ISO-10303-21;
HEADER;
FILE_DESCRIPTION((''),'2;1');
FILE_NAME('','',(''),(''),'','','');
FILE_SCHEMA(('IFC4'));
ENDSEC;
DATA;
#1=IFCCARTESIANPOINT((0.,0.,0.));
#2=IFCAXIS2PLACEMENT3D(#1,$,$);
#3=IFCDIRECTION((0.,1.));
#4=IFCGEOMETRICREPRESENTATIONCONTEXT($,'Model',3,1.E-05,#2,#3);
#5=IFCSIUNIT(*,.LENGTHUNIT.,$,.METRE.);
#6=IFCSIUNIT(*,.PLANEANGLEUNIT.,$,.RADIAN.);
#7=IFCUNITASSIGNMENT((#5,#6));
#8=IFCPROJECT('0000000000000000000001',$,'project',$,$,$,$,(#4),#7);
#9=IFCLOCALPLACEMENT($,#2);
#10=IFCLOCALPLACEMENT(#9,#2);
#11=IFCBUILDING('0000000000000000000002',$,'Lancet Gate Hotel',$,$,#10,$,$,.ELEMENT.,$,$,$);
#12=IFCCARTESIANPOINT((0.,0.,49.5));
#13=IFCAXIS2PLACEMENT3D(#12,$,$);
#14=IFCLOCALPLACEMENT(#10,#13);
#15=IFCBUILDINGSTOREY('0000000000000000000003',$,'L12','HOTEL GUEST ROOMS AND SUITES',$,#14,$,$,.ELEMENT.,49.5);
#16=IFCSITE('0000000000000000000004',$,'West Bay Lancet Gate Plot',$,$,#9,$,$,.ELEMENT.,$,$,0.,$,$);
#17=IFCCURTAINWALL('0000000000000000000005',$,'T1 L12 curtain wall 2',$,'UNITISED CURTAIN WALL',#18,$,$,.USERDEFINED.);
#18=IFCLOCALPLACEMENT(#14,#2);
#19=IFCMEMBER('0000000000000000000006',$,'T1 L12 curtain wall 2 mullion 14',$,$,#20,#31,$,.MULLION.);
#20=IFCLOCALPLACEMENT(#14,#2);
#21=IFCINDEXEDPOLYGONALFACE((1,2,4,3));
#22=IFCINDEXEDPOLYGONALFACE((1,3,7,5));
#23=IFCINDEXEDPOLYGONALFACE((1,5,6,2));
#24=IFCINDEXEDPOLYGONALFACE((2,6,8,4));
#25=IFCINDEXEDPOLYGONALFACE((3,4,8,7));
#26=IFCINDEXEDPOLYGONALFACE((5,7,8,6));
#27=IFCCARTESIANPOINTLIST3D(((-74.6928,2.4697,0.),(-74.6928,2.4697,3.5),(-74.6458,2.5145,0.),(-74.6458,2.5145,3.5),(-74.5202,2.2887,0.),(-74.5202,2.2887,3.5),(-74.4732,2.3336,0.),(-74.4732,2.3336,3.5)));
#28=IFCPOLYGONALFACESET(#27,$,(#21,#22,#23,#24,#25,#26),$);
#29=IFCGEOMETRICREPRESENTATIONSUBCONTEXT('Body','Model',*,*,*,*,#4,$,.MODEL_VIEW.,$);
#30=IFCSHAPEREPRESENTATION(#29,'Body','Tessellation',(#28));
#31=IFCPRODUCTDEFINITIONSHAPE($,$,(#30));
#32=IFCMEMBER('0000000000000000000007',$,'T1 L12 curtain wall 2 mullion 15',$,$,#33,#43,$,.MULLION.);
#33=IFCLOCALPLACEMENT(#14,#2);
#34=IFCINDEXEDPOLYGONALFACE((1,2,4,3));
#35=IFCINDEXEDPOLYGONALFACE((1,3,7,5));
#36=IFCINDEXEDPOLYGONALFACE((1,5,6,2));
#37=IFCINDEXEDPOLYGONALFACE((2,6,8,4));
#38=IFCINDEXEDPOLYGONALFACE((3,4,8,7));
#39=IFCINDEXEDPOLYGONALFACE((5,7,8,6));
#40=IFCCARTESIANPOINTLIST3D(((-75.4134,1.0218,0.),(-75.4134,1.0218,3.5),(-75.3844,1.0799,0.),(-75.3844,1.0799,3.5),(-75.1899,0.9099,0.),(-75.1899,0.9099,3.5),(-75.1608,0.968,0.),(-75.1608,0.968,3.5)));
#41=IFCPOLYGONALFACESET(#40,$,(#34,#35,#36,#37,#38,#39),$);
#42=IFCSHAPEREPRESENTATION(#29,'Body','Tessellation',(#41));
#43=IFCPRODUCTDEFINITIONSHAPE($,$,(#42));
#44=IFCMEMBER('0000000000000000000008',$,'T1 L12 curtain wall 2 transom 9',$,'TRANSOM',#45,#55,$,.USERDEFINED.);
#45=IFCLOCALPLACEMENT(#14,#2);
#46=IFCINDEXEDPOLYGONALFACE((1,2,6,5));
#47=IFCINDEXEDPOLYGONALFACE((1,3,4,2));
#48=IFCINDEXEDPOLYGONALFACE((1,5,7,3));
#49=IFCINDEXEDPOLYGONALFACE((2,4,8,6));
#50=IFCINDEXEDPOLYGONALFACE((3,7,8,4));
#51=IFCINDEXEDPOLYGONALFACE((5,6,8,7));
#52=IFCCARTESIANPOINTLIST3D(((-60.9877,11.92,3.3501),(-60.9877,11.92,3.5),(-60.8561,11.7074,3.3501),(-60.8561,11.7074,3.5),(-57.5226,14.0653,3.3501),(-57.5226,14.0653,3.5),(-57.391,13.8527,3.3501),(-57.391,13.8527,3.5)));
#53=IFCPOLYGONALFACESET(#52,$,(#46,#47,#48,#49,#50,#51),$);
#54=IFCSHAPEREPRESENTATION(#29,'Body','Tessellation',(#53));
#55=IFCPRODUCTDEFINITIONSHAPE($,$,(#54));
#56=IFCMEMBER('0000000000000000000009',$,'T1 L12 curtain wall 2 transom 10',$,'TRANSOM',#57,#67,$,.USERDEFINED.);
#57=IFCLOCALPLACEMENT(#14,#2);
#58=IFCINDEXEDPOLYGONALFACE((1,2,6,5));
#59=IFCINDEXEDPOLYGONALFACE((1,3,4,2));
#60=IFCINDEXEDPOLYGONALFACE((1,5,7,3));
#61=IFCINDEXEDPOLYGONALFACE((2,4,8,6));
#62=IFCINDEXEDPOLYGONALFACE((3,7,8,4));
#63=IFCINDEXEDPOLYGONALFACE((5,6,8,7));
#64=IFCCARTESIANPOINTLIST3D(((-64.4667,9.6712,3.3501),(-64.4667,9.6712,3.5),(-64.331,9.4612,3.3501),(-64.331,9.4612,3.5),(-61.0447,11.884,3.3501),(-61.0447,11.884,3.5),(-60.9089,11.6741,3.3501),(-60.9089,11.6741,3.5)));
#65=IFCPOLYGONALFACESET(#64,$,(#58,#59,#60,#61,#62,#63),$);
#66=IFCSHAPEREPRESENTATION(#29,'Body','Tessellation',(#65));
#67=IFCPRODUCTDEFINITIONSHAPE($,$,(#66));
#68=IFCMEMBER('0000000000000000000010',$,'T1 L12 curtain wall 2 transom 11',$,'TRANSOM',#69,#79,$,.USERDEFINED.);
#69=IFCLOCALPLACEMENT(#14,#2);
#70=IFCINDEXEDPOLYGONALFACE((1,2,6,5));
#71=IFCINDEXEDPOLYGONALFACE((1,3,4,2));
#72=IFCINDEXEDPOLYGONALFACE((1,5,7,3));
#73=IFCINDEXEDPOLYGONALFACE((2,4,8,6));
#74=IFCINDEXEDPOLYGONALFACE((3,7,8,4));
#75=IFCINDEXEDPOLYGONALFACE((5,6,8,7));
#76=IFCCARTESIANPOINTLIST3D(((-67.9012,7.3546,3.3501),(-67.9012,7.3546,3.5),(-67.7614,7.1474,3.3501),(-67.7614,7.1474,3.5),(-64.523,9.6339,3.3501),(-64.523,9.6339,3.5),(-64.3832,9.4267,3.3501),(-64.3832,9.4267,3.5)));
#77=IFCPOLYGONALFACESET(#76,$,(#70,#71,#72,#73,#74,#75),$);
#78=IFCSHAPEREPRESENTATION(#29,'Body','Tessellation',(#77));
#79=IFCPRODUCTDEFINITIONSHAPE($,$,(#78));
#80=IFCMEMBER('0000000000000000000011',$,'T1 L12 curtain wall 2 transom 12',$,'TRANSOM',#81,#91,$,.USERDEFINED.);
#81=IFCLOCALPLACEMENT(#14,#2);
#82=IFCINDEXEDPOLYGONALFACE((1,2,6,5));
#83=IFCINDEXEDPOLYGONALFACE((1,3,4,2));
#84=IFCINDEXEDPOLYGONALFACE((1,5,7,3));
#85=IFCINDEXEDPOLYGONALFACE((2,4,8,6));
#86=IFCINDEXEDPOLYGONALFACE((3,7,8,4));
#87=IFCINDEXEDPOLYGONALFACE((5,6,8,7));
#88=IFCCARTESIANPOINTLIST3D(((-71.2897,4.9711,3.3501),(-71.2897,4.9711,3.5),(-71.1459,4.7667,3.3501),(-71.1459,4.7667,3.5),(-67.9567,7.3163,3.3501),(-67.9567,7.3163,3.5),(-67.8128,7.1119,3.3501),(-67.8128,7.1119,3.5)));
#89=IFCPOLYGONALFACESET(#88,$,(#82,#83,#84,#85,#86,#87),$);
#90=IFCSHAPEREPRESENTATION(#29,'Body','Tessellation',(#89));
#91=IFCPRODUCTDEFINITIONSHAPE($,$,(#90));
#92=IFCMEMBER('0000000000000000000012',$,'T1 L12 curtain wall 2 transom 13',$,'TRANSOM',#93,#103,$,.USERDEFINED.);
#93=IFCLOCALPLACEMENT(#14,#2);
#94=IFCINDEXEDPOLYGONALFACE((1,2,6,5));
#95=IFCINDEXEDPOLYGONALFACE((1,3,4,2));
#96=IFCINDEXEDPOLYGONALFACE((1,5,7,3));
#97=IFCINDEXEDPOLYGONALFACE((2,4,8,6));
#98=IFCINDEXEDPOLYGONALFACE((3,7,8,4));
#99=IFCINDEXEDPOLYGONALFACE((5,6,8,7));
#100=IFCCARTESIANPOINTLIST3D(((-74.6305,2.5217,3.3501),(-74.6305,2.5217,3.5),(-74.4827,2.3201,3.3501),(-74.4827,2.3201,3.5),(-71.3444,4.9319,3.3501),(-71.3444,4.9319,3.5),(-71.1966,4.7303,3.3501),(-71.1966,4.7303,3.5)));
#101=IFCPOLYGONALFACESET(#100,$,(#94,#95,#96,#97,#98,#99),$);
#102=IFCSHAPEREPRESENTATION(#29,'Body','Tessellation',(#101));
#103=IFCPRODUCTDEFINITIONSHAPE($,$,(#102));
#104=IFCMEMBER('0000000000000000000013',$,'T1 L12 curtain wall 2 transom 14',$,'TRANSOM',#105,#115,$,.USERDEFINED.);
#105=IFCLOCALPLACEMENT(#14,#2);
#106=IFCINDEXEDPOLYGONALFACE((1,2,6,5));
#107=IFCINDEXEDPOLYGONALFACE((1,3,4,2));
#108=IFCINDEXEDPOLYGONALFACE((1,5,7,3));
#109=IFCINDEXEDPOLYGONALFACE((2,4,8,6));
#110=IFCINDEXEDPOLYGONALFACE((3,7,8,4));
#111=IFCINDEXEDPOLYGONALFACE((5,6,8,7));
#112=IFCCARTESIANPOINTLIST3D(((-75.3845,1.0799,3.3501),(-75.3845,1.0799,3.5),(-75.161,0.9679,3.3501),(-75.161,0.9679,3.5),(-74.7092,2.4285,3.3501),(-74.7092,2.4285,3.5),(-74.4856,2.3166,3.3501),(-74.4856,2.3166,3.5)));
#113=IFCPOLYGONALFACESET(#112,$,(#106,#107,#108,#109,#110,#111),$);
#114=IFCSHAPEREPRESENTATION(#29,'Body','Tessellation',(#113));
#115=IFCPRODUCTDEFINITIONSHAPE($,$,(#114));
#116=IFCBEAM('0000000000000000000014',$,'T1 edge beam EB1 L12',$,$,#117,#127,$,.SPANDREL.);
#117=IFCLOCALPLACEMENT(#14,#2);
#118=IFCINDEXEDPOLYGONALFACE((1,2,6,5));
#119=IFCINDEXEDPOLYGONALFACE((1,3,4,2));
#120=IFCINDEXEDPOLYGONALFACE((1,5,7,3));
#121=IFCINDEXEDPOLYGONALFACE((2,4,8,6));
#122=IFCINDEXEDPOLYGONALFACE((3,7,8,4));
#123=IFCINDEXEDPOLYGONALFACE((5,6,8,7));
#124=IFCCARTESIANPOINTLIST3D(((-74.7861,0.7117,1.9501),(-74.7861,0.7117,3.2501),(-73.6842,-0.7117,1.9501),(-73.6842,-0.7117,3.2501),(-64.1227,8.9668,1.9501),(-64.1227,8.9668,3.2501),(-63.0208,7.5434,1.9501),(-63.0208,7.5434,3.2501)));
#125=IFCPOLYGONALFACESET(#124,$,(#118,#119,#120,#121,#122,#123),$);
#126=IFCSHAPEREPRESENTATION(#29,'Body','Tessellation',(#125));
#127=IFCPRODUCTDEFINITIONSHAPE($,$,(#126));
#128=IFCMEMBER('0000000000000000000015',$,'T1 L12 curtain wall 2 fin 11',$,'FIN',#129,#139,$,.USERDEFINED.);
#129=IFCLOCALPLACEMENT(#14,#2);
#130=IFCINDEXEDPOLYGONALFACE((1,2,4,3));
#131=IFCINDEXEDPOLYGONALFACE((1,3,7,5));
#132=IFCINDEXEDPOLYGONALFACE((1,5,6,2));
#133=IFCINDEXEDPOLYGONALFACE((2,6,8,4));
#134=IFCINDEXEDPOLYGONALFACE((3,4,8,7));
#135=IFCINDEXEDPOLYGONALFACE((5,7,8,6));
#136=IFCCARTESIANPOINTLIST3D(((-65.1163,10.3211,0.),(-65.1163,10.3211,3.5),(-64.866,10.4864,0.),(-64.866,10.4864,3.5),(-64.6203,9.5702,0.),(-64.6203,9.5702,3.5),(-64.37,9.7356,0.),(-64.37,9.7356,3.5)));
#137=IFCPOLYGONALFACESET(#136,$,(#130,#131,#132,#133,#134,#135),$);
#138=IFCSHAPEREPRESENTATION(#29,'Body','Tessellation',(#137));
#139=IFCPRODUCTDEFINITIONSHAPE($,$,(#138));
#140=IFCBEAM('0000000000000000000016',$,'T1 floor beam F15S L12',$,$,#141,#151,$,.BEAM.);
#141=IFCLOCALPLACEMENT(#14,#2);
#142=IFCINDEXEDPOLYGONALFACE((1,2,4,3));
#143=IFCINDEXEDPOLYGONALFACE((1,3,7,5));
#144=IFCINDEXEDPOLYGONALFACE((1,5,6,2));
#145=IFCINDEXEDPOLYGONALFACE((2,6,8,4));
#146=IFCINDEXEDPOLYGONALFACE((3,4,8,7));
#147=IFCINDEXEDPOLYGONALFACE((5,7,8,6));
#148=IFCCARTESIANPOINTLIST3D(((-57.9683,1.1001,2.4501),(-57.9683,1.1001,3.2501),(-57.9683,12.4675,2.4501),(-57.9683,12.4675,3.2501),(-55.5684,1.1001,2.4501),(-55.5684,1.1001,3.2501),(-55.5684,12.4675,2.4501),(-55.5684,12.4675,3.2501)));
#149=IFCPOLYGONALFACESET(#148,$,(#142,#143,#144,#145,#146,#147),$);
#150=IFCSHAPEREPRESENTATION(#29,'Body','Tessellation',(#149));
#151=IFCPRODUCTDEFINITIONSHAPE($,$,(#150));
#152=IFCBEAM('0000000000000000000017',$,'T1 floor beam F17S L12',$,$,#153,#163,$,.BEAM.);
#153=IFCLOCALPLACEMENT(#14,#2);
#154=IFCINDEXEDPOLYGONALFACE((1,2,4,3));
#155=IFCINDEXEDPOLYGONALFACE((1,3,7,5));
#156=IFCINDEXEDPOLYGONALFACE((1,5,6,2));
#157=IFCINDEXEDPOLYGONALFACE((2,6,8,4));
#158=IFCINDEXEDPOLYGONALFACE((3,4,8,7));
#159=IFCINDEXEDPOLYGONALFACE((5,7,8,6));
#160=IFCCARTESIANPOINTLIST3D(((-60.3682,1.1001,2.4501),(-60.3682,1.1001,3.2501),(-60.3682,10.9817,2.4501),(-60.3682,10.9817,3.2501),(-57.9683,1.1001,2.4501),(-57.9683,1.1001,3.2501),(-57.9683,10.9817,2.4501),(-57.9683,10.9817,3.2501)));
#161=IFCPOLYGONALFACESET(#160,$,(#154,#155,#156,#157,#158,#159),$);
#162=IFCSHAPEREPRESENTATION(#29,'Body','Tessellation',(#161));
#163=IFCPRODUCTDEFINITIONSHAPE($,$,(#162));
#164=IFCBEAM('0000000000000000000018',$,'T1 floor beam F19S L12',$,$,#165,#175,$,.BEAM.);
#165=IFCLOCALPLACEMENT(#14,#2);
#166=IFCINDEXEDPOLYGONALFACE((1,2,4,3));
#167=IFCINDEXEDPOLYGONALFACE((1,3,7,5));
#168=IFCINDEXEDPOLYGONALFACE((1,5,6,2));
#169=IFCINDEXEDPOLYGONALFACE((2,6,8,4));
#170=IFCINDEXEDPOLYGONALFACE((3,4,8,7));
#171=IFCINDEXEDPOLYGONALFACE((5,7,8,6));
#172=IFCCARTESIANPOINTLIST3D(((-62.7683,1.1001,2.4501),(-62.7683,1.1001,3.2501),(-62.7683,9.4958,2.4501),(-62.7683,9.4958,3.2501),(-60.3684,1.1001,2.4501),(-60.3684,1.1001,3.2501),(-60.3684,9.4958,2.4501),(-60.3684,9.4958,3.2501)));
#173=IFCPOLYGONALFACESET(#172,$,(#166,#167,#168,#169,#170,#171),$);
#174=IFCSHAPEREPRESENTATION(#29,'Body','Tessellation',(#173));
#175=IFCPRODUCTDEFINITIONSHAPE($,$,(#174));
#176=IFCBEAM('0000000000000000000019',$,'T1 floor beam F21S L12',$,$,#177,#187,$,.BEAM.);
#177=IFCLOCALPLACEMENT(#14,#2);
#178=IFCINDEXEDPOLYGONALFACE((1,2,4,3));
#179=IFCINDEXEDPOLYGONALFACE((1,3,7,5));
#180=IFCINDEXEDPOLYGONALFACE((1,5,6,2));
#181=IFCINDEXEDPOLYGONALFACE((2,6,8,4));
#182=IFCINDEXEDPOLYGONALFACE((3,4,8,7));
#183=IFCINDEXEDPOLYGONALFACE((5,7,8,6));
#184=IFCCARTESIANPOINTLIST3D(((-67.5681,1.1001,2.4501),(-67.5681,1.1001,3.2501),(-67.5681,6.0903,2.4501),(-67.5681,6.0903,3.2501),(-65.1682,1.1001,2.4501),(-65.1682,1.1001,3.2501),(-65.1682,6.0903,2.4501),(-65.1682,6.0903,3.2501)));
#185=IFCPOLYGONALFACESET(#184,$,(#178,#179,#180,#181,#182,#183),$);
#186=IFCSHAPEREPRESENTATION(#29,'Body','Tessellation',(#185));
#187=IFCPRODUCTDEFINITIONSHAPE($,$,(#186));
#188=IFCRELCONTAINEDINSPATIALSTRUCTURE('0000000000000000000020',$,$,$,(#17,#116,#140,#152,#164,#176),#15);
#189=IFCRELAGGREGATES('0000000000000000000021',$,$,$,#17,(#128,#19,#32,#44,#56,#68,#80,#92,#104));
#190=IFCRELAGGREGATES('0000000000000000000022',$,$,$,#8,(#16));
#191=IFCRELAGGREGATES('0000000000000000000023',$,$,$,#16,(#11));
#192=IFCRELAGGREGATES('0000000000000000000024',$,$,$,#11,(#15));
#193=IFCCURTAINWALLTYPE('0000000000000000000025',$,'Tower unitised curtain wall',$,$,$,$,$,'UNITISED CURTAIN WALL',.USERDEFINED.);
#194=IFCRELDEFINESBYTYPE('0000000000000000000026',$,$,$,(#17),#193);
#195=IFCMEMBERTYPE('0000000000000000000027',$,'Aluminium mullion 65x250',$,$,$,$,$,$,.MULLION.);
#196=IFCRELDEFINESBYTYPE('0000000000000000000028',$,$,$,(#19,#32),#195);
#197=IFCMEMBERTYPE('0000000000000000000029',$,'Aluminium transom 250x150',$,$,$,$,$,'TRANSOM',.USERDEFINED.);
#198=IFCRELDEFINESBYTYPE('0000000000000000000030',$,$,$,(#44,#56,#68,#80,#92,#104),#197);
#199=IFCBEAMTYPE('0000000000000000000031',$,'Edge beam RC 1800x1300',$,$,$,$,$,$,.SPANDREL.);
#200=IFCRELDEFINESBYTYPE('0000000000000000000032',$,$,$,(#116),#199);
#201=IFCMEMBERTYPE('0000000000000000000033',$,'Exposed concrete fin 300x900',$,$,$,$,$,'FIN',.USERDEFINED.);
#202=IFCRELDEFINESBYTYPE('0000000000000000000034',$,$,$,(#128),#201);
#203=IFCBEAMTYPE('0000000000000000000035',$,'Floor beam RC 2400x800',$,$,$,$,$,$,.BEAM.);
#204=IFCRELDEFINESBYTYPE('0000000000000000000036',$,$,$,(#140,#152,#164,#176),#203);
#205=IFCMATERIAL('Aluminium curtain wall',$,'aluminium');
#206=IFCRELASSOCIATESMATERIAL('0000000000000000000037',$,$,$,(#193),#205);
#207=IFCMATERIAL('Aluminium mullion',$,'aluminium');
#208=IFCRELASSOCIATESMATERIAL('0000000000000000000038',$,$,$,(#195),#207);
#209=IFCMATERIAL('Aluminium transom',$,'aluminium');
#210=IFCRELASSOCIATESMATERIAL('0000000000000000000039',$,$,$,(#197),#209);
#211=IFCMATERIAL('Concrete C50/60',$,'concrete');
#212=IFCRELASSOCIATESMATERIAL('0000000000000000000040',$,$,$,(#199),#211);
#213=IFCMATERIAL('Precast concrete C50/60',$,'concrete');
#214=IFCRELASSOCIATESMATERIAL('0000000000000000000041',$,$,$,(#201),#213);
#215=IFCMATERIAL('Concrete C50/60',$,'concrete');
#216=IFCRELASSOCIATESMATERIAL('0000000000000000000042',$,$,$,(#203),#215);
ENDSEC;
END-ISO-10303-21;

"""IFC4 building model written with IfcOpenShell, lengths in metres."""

from ifc_helpers import new_model, si_unit, direction, frame, origin, origin_2d, place, context, subcontext, project, spatial, rectangle, extrude, material, material_profile, profile_set, type_object, element, aggregate, save


model = new_model("IFC4")

# Units and contexts
model_context = context("Model", 3, precision=1e-05, world=origin(), true_north=direction((0.0, 1.0)))
body_context = subcontext(model_context, "Body", "Model", "MODEL_VIEW")
ifc_project = project(units=[si_unit("LENGTHUNIT", "METRE"), si_unit("PLANEANGLEUNIT", "RADIAN")], contexts=[model_context])

# Site, building, storey
site_placement = place(None, origin())
site = spatial("IfcSite", under=ifc_project, at=site_placement, Name="West Bay Lancet Gate Plot", CompositionType="ELEMENT", RefElevation=0.0)
building_placement = place(site_placement, origin())
building = spatial("IfcBuilding", under=site, at=building_placement, Name="Lancet Gate Hotel", CompositionType="ELEMENT")
storey_placement = place(building_placement, frame((0.0, 0.0, 49.5)))
storey = spatial("IfcBuildingStorey", under=building, at=storey_placement, Name="L12", Description="HOTEL GUEST ROOMS AND SUITES", CompositionType="ELEMENT", Elevation=49.5)

# Curtain wall, members
ifc_material_1 = material(Name="Aluminium curtain wall", Category="aluminium")
curtain_wall_type = type_object("IfcCurtainWallType", Name="Tower unitised curtain wall", ElementType="UNITISED CURTAIN WALL", PredefinedType="USERDEFINED", material=ifc_material_1)
curtain_wall_placement = place(storey_placement, origin())
curtain_wall = element("IfcCurtainWall", 1, at=curtain_wall_placement, inside=storey, type_object=curtain_wall_type, Name="T1 L12 curtain wall 2", ObjectType="UNITISED CURTAIN WALL", PredefinedType="USERDEFINED")
ifc_material_2 = material(Name="Aluminium mullion", Category="aluminium")
ifc_material_profile_1 = material_profile(ifc_material_2, rectangle(XDim=0.0649, YDim=0.25, at=origin_2d()), Name="MULLION 65x250")
ifc_profile_set_1 = profile_set([ifc_material_profile_1], Name="Aluminium mullion")
member_type_1 = type_object("IfcMemberType", Name="Aluminium mullion 65x250", PredefinedType="MULLION", material=ifc_profile_set_1)
member_1_placement = place(storey_placement, frame((-74.583, 2.4016, 0.0), z_axis=(0.0, 0.0, 1.0), x_axis=(-0.723696, -0.690119, 0.0)))
member_1 = element("IfcMember", 2, at=member_1_placement, type_object=member_type_1, Name="T1 L12 curtain wall 2 mullion 14", PredefinedType="MULLION", context=body_context, shape_type="SweptSolid", body=[
    extrude(rectangle(XDim=0.0649, YDim=0.25, at=origin_2d()), origin(), (0.0, 0.0, 1.0), 3.5),
])
member_2_placement = place(storey_placement, frame((-75.2871, 0.9949, 0.0), z_axis=(0.0, 0.0, 1.0), x_axis=(-0.447628, -0.89422, 0.0)))
member_2 = element("IfcMember", 3, at=member_2_placement, type_object=member_type_1, Name="T1 L12 curtain wall 2 mullion 15", PredefinedType="MULLION", context=body_context, shape_type="SweptSolid", body=[
    extrude(rectangle(XDim=0.0649, YDim=0.25, at=origin_2d()), origin(), (0.0, 0.0, 1.0), 3.5),
])
ifc_material_3 = material(Name="Aluminium transom", Category="aluminium")
ifc_material_profile_2 = material_profile(ifc_material_3, rectangle(XDim=0.25, YDim=0.1499, at=origin_2d()), Name="TRANSOM 250x150")
ifc_profile_set_2 = profile_set([ifc_material_profile_2], Name="Aluminium transom")
member_type_2 = type_object("IfcMemberType", Name="Aluminium transom 250x150", ElementType="TRANSOM", PredefinedType="USERDEFINED", material=ifc_profile_set_2)
member_3_placement = place(storey_placement, frame((-57.4568, 13.959, 3.425), z_axis=(-0.850242, -0.526392, 0.0), x_axis=(0.526392, -0.850242, 0.0)))
member_3 = element("IfcMember", 4, at=member_3_placement, type_object=member_type_2, Name="T1 L12 curtain wall 2 transom 9", ObjectType="TRANSOM", PredefinedType="USERDEFINED", context=body_context, shape_type="SweptSolid", body=[
    extrude(rectangle(XDim=0.25, YDim=0.1499, at=origin_2d()), origin(), (0.0, 0.0, 1.0), 4.0754),
])
member_4_placement = place(storey_placement, frame((-60.9768, 11.7791, 3.425), z_axis=(-0.839729, -0.543005, 0.0), x_axis=(0.543005, -0.839729, 0.0)))
member_4 = element("IfcMember", 5, at=member_4_placement, type_object=member_type_2, Name="T1 L12 curtain wall 2 transom 10", ObjectType="TRANSOM", PredefinedType="USERDEFINED", context=body_context, shape_type="SweptSolid", body=[
    extrude(rectangle(XDim=0.25, YDim=0.1499, at=origin_2d()), origin(), (0.0, 0.0, 1.0), 4.0752),
])
member_5_placement = place(storey_placement, frame((-64.4531, 9.5303, 3.425), z_axis=(-0.828959, -0.559309, 0.0), x_axis=(0.559309, -0.828959, 0.0)))
member_5 = element("IfcMember", 6, at=member_5_placement, type_object=member_type_2, Name="T1 L12 curtain wall 2 transom 11", ObjectType="TRANSOM", PredefinedType="USERDEFINED", context=body_context, shape_type="SweptSolid", body=[
    extrude(rectangle(XDim=0.25, YDim=0.1499, at=origin_2d()), origin(), (0.0, 0.0, 1.0), 4.0752),
])
member_6_placement = place(storey_placement, frame((-67.8848, 7.2141, 3.425), z_axis=(-0.817834, -0.575455, 0.0), x_axis=(0.575455, -0.817834, 0.0)))
member_6 = element("IfcMember", 7, at=member_6_placement, type_object=member_type_2, Name="T1 L12 curtain wall 2 transom 12", ObjectType="TRANSOM", PredefinedType="USERDEFINED", context=body_context, shape_type="SweptSolid", body=[
    extrude(rectangle(XDim=0.25, YDim=0.1499, at=origin_2d()), origin(), (0.0, 0.0, 1.0), 4.0754),
])
member_7_placement = place(storey_placement, frame((-71.2705, 4.8311, 3.425), z_axis=(-0.806367, -0.591416, 0.0), x_axis=(0.591416, -0.806367, 0.0)))
member_7 = element("IfcMember", 8, at=member_7_placement, type_object=member_type_2, Name="T1 L12 curtain wall 2 transom 13", ObjectType="TRANSOM", PredefinedType="USERDEFINED", context=body_context, shape_type="SweptSolid", body=[
    extrude(rectangle(XDim=0.25, YDim=0.1499, at=origin_2d()), origin(), (0.0, 0.0, 1.0), 4.0752),
])
member_8_placement = place(storey_placement, frame((-74.5974, 2.3726, 3.425), z_axis=(-0.447732, -0.894168, 0.0), x_axis=(0.894168, -0.447732, 0.0)))
member_8 = element("IfcMember", 9, at=member_8_placement, type_object=member_type_2, Name="T1 L12 curtain wall 2 transom 14", ObjectType="TRANSOM", PredefinedType="USERDEFINED", context=body_context, shape_type="SweptSolid", body=[
    extrude(rectangle(XDim=0.25, YDim=0.1499, at=origin_2d()), origin(), (0.0, 0.0, 1.0), 1.5083),
])

# Beam
ifc_material_4 = material(Name="Concrete C50/60", Category="concrete")
ifc_material_profile_3 = material_profile(ifc_material_4, rectangle(XDim=1.8, YDim=1.3, at=origin_2d()), Name="RC 1800x1300")
ifc_profile_set_3 = profile_set([ifc_material_profile_3], Name="Concrete C50/60")
beam_type_1 = type_object("IfcBeamType", Name="Edge beam RC 1800x1300", PredefinedType="SPANDREL", material=ifc_profile_set_3)
beam_1_placement = place(storey_placement, frame((-63.5718, 8.2551, 2.6001), z_axis=(-0.790736, -0.612157, 0.0), x_axis=(0.612157, -0.790736, 0.0)))
element("IfcBeam", 10, at=beam_1_placement, inside=storey, type_object=beam_type_1, Name="T1 edge beam EB1 L12", PredefinedType="SPANDREL", context=body_context, shape_type="SweptSolid", body=[
    extrude(rectangle(XDim=1.8, YDim=1.3, at=origin_2d()), origin(), (0.0, 0.0, 1.0), 13.4854),
])

# Member
ifc_material_5 = material(Name="Precast concrete C50/60", Category="concrete")
ifc_material_profile_4 = material_profile(ifc_material_5, rectangle(XDim=0.3, YDim=0.8999, at=origin_2d()), Name="FIN 300x900")
ifc_profile_set_4 = profile_set([ifc_material_profile_4], Name="Precast concrete C50/60")
member_type_3 = type_object("IfcMemberType", Name="Exposed concrete fin 300x900", ElementType="FIN", PredefinedType="USERDEFINED", material=ifc_profile_set_4)
member_9_placement = place(storey_placement, frame((-64.7432, 10.0283, 0.0), z_axis=(0.0, 0.0, 1.0), x_axis=(-0.834387, -0.551178, 0.0)))
member_9 = element("IfcMember", 11, at=member_9_placement, type_object=member_type_3, Name="T1 L12 curtain wall 2 fin 11", ObjectType="FIN", PredefinedType="USERDEFINED", context=body_context, shape_type="SweptSolid", body=[
    extrude(rectangle(XDim=0.3, YDim=0.8999, at=origin_2d()), origin(), (0.0, 0.0, 1.0), 3.5),
])

# Beams
ifc_material_6 = material(Name="Concrete C50/60", Category="concrete")
ifc_material_profile_5 = material_profile(ifc_material_6, rectangle(XDim=2.3999, YDim=0.8, at=origin_2d()), Name="RC 2400x800")
ifc_profile_set_5 = profile_set([ifc_material_profile_5], Name="Concrete C50/60")
beam_type_2 = type_object("IfcBeamType", Name="Floor beam RC 2400x800", PredefinedType="BEAM", material=ifc_profile_set_5)
beam_2_placement = place(storey_placement, frame((-56.7683, 12.4675, 2.8501), z_axis=(0.0, -1.0, 0.0), x_axis=(1.0, 0.0, 0.0)))
element("IfcBeam", 12, at=beam_2_placement, inside=storey, type_object=beam_type_2, Name="T1 floor beam F15S L12", PredefinedType="BEAM", context=body_context, shape_type="SweptSolid", body=[
    extrude(rectangle(XDim=2.3999, YDim=0.8, at=origin_2d()), origin(), (0.0, 0.0, 1.0), 11.3674),
])
beam_3_placement = place(storey_placement, frame((-59.1682, 10.9817, 2.8501), z_axis=(0.0, -1.0, 0.0), x_axis=(1.0, 0.0, 0.0)))
element("IfcBeam", 13, at=beam_3_placement, inside=storey, type_object=beam_type_2, Name="T1 floor beam F17S L12", PredefinedType="BEAM", context=body_context, shape_type="SweptSolid", body=[
    extrude(rectangle(XDim=2.3999, YDim=0.8, at=origin_2d()), origin(), (0.0, 0.0, 1.0), 9.8816),
])
beam_4_placement = place(storey_placement, frame((-61.5684, 9.4958, 2.8501), z_axis=(0.0, -1.0, 0.0), x_axis=(1.0, 0.0, 0.0)))
element("IfcBeam", 14, at=beam_4_placement, inside=storey, type_object=beam_type_2, Name="T1 floor beam F19S L12", PredefinedType="BEAM", context=body_context, shape_type="SweptSolid", body=[
    extrude(rectangle(XDim=2.3999, YDim=0.8, at=origin_2d()), origin(), (0.0, 0.0, 1.0), 8.3958),
])
beam_5_placement = place(storey_placement, frame((-66.3682, 6.0903, 2.8501), z_axis=(0.0, -1.0, 0.0), x_axis=(1.0, 0.0, 0.0)))
element("IfcBeam", 15, at=beam_5_placement, inside=storey, type_object=beam_type_2, Name="T1 floor beam F21S L12", PredefinedType="BEAM", context=body_context, shape_type="SweptSolid", body=[
    extrude(rectangle(XDim=2.3999, YDim=0.8, at=origin_2d()), origin(), (0.0, 0.0, 1.0), 4.9902),
])

aggregate(curtain_wall, [member_9, member_1, member_2, member_3, member_4, member_5, member_6, member_7, member_8])

save(model, "model.ifc")
